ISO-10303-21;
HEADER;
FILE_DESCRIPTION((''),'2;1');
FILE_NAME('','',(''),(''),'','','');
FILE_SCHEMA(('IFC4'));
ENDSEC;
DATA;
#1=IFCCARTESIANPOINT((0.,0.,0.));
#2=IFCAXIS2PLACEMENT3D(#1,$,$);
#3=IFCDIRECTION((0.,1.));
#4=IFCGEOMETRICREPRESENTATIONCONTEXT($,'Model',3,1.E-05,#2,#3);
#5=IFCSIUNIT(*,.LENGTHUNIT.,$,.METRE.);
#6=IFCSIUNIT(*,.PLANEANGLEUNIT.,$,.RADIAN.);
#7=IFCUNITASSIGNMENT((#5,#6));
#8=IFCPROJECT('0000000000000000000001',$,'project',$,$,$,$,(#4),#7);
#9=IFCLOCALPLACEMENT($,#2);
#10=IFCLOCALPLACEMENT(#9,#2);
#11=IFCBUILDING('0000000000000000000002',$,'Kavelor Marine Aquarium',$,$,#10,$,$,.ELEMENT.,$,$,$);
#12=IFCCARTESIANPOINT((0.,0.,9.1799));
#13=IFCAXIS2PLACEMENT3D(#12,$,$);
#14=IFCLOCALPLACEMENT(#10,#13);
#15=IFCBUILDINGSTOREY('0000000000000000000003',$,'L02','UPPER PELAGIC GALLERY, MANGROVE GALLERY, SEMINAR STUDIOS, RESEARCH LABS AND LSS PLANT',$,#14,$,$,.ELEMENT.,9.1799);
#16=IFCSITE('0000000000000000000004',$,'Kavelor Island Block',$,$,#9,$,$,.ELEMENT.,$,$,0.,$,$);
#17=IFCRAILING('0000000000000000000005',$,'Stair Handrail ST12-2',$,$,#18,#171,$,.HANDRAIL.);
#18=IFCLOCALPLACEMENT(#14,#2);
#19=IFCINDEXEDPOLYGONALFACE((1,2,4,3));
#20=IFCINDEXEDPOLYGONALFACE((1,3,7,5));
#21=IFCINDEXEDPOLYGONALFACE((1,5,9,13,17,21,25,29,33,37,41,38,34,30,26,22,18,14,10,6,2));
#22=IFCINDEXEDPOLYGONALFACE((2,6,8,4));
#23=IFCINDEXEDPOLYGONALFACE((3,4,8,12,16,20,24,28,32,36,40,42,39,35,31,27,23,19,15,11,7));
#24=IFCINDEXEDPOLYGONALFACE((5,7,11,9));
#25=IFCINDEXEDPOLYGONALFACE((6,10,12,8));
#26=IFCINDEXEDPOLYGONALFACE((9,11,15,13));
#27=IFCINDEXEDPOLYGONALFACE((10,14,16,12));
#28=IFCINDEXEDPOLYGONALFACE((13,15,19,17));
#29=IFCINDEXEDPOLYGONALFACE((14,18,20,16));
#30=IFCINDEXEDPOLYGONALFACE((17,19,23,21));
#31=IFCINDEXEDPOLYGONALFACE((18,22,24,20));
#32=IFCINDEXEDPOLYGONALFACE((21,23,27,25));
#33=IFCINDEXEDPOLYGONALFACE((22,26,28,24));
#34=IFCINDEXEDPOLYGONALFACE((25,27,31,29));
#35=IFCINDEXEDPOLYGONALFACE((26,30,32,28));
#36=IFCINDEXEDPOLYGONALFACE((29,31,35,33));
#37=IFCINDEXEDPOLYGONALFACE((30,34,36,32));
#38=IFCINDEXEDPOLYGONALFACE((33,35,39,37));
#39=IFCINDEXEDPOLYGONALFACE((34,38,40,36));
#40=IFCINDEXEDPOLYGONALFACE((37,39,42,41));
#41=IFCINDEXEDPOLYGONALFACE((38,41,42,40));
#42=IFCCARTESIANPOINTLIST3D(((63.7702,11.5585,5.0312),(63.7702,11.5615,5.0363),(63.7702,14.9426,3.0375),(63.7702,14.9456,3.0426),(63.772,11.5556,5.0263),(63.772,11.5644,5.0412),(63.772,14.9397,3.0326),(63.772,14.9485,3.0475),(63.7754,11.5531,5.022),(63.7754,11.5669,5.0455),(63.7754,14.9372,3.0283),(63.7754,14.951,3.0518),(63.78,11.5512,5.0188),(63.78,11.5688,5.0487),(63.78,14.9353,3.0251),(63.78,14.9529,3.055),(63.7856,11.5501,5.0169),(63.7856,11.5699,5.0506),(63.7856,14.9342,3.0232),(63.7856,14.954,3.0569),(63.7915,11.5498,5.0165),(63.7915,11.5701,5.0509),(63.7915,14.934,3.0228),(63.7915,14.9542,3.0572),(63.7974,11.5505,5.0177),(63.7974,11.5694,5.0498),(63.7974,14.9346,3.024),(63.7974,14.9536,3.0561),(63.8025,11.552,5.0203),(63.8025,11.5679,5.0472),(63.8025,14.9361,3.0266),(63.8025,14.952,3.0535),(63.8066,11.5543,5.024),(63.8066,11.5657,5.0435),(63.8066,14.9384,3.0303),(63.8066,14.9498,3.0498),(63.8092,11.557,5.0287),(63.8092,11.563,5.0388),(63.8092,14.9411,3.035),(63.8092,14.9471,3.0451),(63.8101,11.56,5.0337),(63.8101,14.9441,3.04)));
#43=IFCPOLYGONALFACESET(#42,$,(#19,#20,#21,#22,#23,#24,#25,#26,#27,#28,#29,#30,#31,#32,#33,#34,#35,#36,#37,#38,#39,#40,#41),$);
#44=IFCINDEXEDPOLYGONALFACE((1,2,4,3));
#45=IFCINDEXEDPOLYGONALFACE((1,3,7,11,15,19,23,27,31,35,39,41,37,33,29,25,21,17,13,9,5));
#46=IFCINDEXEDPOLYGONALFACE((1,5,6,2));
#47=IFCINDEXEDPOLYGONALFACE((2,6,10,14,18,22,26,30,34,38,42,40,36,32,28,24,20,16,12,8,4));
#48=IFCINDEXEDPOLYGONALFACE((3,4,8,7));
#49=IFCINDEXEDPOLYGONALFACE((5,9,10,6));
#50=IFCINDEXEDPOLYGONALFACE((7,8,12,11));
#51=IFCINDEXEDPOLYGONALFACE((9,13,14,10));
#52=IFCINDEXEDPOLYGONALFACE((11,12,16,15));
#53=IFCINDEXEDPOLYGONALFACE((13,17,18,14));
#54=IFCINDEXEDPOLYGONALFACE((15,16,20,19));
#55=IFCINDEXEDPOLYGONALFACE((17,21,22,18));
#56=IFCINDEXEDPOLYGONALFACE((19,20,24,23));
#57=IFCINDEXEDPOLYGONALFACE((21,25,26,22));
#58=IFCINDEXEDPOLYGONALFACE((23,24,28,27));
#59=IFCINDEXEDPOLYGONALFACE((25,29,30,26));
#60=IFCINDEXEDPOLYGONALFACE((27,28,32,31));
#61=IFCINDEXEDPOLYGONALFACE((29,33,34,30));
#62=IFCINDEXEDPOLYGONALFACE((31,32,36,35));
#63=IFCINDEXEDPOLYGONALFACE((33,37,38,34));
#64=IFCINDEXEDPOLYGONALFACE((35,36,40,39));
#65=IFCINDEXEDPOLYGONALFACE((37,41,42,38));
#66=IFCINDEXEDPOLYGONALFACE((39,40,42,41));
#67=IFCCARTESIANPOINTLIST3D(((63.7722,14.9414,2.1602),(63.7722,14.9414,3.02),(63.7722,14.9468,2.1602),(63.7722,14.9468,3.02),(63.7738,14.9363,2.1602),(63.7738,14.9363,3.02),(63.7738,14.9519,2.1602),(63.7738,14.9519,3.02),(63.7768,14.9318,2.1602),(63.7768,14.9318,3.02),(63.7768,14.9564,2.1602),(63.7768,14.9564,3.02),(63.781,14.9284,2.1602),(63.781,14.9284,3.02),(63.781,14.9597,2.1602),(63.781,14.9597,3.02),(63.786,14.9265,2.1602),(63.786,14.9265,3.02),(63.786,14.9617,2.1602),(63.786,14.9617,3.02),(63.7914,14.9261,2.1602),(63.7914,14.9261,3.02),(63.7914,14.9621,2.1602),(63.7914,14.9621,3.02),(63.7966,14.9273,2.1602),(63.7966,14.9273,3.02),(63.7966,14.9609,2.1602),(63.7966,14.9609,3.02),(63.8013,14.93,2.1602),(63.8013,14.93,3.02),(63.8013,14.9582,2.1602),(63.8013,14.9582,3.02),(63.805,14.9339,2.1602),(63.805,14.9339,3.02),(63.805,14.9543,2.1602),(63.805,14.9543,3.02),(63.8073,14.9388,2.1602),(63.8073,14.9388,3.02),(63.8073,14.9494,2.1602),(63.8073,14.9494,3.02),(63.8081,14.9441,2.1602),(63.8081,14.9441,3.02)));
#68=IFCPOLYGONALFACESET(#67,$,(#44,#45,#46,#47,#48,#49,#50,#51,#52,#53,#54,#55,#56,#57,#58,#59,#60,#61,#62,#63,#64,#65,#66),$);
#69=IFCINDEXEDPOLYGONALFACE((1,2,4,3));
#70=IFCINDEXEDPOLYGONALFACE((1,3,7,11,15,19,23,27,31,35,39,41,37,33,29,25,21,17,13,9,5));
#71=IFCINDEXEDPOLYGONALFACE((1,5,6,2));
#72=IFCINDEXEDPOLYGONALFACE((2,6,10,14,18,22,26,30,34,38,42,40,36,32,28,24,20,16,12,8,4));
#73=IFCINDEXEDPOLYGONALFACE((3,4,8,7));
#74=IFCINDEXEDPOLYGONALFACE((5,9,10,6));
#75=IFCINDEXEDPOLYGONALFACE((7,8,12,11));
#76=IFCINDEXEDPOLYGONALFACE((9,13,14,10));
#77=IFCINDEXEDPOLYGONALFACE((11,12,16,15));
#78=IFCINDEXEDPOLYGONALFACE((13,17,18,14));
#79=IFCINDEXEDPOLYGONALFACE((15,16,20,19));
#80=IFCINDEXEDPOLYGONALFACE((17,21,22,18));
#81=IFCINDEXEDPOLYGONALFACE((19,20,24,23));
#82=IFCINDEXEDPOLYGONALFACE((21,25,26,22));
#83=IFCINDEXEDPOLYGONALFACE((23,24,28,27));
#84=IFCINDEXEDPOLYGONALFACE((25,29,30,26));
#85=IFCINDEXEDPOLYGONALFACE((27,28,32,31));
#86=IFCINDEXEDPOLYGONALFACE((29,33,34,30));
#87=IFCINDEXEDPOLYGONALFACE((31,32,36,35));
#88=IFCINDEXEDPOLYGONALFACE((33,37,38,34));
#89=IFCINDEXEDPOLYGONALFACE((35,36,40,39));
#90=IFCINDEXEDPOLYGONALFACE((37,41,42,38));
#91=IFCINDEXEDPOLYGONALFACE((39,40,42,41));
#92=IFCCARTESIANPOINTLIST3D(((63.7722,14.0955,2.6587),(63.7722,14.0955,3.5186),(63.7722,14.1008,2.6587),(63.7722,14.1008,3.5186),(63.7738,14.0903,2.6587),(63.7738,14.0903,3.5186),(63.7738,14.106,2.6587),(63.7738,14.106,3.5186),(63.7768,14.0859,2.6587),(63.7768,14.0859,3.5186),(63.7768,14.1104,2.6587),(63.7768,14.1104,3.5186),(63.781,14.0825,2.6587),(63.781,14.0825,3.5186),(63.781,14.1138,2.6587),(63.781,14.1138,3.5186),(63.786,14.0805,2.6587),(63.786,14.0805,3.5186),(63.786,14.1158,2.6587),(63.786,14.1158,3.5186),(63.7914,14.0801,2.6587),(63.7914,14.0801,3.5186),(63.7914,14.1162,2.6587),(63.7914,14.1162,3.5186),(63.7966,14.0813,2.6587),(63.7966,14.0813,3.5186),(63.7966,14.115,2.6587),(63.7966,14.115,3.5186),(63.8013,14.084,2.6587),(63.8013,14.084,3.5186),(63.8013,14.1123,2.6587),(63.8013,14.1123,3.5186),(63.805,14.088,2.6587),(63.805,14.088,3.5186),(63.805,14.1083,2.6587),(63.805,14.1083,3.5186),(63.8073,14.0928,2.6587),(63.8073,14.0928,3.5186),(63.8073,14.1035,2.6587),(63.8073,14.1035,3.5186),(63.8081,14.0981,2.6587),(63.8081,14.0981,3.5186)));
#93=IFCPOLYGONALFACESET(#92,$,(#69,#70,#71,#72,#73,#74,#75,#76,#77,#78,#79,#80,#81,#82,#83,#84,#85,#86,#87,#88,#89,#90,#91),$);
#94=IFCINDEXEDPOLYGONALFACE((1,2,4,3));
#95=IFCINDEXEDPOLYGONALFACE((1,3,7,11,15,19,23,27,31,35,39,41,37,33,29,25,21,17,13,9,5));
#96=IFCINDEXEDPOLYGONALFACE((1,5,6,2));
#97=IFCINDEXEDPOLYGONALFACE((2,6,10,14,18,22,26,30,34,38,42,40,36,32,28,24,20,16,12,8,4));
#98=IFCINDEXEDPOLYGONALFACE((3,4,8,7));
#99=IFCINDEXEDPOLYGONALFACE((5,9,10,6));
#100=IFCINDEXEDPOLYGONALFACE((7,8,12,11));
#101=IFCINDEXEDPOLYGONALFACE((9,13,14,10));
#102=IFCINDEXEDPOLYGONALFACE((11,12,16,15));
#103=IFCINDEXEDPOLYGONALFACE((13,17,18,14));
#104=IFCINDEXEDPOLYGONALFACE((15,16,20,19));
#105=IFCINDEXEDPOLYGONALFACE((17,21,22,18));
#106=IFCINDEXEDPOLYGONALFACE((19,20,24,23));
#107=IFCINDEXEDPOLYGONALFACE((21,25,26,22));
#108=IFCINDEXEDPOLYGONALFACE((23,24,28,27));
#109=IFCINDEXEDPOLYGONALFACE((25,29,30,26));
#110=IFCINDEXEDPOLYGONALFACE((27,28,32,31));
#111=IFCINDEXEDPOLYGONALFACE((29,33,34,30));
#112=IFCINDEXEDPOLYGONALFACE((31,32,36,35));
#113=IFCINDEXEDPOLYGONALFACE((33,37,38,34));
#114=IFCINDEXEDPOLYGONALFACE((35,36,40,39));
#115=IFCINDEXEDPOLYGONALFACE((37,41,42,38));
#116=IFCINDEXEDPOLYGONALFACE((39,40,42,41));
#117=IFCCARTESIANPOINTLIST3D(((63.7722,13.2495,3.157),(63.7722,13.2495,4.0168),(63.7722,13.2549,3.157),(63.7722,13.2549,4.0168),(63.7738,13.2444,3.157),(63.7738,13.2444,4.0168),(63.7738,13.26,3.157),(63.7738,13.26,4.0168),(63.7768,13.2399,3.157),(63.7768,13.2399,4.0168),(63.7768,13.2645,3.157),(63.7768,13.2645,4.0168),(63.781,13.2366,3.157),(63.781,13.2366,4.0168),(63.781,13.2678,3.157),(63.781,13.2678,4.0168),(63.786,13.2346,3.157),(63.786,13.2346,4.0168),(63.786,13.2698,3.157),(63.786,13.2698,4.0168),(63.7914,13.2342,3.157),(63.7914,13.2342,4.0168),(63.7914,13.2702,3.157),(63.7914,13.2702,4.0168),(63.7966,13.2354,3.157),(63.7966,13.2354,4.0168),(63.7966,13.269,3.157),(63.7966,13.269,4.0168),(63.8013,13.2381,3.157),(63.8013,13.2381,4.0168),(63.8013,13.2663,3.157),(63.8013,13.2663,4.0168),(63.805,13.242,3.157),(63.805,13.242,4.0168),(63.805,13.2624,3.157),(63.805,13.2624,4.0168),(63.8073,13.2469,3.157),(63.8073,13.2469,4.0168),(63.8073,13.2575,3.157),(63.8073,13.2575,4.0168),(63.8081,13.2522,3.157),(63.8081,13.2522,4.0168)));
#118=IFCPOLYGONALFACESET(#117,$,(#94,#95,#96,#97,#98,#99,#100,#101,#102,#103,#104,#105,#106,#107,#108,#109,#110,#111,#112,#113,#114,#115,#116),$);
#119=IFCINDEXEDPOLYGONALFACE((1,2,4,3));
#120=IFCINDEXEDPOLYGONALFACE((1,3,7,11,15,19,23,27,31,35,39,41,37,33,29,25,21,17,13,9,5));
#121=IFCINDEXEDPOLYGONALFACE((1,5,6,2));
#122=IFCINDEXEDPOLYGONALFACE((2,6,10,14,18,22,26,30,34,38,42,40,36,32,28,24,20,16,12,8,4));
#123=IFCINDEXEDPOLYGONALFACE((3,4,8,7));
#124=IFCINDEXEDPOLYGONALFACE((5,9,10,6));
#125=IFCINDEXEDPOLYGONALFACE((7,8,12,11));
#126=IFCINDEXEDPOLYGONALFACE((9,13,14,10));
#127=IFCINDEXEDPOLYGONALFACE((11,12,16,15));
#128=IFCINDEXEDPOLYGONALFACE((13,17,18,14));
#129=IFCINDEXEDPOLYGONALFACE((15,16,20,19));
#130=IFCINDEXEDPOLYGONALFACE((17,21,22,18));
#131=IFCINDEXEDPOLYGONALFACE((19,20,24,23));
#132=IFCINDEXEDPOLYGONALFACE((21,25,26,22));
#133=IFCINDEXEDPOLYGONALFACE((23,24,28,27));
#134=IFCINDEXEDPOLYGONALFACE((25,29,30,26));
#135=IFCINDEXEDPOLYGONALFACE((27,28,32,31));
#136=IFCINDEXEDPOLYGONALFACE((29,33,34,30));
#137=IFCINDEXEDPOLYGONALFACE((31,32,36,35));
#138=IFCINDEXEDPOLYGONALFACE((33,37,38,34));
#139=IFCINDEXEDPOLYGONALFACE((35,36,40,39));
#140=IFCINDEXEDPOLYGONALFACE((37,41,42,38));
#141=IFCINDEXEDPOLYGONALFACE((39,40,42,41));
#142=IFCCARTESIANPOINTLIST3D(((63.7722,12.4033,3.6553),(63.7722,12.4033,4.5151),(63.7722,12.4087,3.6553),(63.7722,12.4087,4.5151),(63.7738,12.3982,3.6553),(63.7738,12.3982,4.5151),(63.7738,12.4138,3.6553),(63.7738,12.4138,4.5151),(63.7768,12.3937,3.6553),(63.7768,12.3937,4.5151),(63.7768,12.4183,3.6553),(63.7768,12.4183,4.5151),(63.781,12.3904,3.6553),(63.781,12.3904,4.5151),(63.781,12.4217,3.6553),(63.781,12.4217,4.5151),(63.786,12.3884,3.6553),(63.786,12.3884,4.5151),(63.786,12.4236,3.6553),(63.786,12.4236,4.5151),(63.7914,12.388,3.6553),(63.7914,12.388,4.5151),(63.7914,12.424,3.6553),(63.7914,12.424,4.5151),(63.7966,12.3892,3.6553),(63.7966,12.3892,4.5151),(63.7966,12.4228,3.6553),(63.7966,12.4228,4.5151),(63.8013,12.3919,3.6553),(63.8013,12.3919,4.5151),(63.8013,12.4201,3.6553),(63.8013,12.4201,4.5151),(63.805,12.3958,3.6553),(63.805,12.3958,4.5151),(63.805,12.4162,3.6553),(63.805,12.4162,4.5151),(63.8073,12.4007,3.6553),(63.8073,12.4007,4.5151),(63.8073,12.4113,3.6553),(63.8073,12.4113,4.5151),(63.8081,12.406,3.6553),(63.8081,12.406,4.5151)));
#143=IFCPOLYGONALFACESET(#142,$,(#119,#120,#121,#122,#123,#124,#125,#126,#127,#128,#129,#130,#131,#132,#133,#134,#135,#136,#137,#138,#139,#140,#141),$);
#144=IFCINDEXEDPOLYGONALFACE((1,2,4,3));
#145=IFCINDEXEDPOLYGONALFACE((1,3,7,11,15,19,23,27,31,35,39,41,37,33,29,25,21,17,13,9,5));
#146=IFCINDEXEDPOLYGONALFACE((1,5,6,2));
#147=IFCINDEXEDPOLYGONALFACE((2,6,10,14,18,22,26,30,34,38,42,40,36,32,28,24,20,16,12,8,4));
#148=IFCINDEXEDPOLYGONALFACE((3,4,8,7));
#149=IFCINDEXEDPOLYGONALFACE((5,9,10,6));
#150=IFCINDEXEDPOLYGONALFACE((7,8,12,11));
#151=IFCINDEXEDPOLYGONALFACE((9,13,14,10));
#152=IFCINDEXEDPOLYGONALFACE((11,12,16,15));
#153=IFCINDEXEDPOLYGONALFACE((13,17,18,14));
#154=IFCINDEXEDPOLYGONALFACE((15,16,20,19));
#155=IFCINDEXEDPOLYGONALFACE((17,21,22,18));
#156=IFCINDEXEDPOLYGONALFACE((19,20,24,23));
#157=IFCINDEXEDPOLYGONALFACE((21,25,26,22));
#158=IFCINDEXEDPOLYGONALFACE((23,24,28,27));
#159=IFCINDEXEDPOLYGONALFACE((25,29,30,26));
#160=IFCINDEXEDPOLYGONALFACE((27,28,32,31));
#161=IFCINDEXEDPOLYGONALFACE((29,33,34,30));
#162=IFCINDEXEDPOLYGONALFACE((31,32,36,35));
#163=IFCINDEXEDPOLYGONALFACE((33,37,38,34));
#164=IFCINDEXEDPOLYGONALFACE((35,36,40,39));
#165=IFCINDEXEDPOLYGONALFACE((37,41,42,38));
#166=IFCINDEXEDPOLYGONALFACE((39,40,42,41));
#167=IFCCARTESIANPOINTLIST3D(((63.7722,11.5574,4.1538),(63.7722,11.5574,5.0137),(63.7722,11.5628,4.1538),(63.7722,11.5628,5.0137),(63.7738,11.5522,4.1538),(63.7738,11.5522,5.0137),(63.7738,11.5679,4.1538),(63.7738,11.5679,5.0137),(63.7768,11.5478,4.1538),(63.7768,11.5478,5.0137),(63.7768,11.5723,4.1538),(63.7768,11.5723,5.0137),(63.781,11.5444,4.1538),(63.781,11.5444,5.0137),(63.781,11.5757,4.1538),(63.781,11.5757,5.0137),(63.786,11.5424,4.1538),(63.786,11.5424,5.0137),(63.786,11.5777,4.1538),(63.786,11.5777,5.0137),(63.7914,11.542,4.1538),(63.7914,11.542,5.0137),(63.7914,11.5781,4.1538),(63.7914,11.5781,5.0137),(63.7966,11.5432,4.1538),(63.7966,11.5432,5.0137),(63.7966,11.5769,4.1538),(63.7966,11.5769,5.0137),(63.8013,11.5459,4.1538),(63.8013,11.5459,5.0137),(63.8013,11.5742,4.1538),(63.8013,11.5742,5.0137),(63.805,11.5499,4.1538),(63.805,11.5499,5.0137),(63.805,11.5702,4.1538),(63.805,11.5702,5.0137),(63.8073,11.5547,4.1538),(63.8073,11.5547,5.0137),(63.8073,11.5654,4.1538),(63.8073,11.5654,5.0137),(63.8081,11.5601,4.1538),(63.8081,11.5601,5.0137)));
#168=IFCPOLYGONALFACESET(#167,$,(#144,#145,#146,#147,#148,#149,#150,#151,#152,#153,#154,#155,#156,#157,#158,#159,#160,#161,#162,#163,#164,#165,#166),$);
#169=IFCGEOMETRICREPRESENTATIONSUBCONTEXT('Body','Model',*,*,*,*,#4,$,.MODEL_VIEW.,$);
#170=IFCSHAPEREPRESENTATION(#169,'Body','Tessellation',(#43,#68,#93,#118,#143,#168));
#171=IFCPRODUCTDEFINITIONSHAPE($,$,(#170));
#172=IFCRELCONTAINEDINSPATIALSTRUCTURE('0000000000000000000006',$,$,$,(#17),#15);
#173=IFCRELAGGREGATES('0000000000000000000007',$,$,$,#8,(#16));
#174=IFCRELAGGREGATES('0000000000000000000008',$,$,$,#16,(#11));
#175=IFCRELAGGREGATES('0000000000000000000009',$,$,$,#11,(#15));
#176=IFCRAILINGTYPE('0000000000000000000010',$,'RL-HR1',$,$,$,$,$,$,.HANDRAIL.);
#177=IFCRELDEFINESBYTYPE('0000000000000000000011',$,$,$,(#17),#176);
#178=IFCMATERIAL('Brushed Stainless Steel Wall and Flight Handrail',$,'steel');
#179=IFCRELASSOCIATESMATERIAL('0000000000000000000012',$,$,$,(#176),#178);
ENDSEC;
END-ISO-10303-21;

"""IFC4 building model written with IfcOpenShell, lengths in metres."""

from ifc_helpers import new_model, si_unit, direction, frame, origin, origin_2d, place, context, subcontext, project, spatial, circle, extrude, material, type_object, element, save


model = new_model("IFC4")

# Units and contexts
model_context = context("Model", 3, precision=1e-05, world=origin(), true_north=direction((0.0, 1.0)))
body_context = subcontext(model_context, "Body", "Model", "MODEL_VIEW")
ifc_project = project(units=[si_unit("LENGTHUNIT", "METRE"), si_unit("PLANEANGLEUNIT", "RADIAN")], contexts=[model_context])

# Site, building, storey
site_placement = place(None, origin())
site = spatial("IfcSite", under=ifc_project, at=site_placement, Name="Kavelor Island Block", CompositionType="ELEMENT", RefElevation=0.0)
building_placement = place(site_placement, origin())
building = spatial("IfcBuilding", under=site, at=building_placement, Name="Kavelor Marine Aquarium", CompositionType="ELEMENT")
storey_placement = place(building_placement, frame((0.0, 0.0, 9.1799)))
storey = spatial("IfcBuildingStorey", under=building, at=storey_placement, Name="L02", Description="UPPER PELAGIC GALLERY, MANGROVE GALLERY, SEMINAR STUDIOS, RESEARCH LABS AND LSS PLANT", CompositionType="ELEMENT", Elevation=9.1799)

# Railing
ifc_material_1 = material(Name="Brushed Stainless Steel Wall and Flight Handrail", Category="steel")
railing_type_1 = type_object("IfcRailingType", Name="RL-HR1", PredefinedType="HANDRAIL", material=ifc_material_1)
railing_1_placement = place(storey_placement, frame((63.79, 14.9441, 2.1602)))
element("IfcRailing", 1, at=railing_1_placement, inside=storey, type_object=railing_type_1, Name="Stair Handrail ST12-2", PredefinedType="HANDRAIL", context=body_context, shape_type="SweptSolid", body=[
    extrude(circle(Radius=0.02, at=origin_2d()), frame((0.0, 0.0, 0.8799), z_axis=(0.0, -0.861595, 0.507596), x_axis=(1.0, 0.0, 0.0)), (0.0, 0.0, 1.0), 3.9277),
    extrude(circle(Radius=0.0181, at=origin_2d()), origin(), (0.0, 0.0, 1.0), 0.8599),
    extrude(circle(Radius=0.0181, at=origin_2d()), frame((0.0, -0.8459, 0.4985)), (0.0, 0.0, 1.0), 0.8599),
    extrude(circle(Radius=0.0181, at=origin_2d()), frame((0.0, -1.6919, 0.9968)), (0.0, 0.0, 1.0), 0.8599),
    extrude(circle(Radius=0.0181, at=origin_2d()), frame((0.0, -2.5381, 1.4951)), (0.0, 0.0, 1.0), 0.8599),
    extrude(circle(Radius=0.0181, at=origin_2d()), frame((0.0, -3.384, 1.9937)), (0.0, 0.0, 1.0), 0.8599),
])

save(model, "model.ifc")
